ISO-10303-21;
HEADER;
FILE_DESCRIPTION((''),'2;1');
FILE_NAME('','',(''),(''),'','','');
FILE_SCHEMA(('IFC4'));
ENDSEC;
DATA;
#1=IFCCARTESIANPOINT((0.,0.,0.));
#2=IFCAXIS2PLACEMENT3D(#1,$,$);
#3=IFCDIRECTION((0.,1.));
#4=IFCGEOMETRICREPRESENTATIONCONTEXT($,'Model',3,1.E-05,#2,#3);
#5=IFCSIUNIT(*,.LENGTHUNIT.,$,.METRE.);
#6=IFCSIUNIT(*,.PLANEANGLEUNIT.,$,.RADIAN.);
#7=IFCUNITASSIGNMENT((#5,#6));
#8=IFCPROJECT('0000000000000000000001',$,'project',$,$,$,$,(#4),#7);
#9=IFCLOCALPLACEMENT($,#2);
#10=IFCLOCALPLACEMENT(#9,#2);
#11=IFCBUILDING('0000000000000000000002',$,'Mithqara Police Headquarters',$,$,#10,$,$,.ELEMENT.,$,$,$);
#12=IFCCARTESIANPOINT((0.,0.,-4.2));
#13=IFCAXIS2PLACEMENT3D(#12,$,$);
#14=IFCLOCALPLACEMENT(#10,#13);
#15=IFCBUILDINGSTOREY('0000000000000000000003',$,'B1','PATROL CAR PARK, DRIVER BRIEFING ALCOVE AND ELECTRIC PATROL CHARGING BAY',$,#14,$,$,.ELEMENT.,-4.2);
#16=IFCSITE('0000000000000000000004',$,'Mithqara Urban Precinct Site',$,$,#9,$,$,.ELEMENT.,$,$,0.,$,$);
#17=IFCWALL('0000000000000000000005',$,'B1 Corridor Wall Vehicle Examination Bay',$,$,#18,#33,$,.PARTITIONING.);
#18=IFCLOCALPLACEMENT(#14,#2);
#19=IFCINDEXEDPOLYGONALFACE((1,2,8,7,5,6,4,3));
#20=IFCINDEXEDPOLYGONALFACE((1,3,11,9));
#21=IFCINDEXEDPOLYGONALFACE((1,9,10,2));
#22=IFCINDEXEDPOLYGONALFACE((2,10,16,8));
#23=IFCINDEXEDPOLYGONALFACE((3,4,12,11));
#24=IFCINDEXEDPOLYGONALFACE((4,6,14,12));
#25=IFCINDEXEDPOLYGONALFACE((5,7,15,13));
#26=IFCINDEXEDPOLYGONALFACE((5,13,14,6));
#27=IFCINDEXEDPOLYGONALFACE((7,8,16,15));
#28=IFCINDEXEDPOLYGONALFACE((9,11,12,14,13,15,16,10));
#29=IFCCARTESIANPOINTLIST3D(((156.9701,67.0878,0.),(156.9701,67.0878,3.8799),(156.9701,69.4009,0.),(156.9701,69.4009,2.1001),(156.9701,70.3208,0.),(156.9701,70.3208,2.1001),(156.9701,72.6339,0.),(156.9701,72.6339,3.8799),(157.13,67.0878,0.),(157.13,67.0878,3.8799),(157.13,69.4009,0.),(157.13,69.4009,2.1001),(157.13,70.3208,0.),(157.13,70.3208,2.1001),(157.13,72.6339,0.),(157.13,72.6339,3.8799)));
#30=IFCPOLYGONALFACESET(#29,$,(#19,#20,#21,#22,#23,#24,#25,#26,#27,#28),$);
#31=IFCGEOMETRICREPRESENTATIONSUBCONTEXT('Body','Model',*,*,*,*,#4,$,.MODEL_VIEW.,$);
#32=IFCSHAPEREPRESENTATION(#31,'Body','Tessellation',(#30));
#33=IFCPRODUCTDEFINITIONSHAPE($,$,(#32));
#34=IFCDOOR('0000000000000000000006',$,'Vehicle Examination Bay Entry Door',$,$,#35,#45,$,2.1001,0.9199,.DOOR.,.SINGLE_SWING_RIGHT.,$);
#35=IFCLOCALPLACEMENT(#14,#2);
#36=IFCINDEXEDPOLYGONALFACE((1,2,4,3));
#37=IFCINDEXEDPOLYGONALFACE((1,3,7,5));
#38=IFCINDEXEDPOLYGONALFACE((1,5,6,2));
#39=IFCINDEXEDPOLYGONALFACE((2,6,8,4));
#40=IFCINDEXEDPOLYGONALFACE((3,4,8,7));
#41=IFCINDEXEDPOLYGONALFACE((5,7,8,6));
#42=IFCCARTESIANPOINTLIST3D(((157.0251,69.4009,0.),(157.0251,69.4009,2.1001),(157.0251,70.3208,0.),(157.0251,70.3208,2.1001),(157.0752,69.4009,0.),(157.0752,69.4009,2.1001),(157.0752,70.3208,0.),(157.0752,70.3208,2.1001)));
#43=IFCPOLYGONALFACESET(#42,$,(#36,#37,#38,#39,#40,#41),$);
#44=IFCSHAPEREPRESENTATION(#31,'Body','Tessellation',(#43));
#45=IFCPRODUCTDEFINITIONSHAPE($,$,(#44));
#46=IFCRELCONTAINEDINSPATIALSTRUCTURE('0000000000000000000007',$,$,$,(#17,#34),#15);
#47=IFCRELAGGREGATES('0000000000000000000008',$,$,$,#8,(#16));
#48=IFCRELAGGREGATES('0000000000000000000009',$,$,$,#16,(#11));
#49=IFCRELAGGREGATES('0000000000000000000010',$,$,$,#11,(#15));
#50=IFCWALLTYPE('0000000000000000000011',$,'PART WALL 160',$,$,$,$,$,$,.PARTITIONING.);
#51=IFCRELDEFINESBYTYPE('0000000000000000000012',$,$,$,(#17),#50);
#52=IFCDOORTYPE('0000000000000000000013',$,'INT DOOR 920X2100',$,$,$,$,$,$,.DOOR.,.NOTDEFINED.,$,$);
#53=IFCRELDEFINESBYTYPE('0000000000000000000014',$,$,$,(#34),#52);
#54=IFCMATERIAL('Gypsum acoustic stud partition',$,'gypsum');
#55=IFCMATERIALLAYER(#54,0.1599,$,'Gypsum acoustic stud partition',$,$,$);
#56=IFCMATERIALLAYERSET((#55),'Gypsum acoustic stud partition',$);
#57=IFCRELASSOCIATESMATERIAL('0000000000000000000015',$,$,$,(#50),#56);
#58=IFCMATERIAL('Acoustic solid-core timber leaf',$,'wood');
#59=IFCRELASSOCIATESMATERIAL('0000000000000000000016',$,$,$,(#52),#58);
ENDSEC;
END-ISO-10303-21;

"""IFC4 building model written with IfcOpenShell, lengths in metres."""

from ifc_helpers import new_model, si_unit, direction, frame, frame_2d, origin, place, context, subcontext, project, spatial, rectangle, extrude, material, layer, layer_set, type_object, element, fill, save


model = new_model("IFC4")

# Units and contexts
model_context = context("Model", 3, precision=1e-05, world=origin(), true_north=direction((0.0, 1.0)))
body_context = subcontext(model_context, "Body", "Model", "MODEL_VIEW")
ifc_project = project(units=[si_unit("LENGTHUNIT", "METRE"), si_unit("PLANEANGLEUNIT", "RADIAN")], contexts=[model_context])

# Site, building, storey
site_placement = place(None, origin())
site = spatial("IfcSite", under=ifc_project, at=site_placement, Name="Mithqara Urban Precinct Site", CompositionType="ELEMENT", RefElevation=0.0)
building_placement = place(site_placement, origin())
building = spatial("IfcBuilding", under=site, at=building_placement, Name="Mithqara Police Headquarters", CompositionType="ELEMENT")
storey_placement = place(building_placement, frame((0.0, 0.0, -4.2)))
storey = spatial("IfcBuildingStorey", under=building, at=storey_placement, Name="B1", Description="PATROL CAR PARK, DRIVER BRIEFING ALCOVE AND ELECTRIC PATROL CHARGING BAY", CompositionType="ELEMENT", Elevation=-4.2)

# Shared definitions
ifc_material_1 = material(Name="Gypsum acoustic stud partition", Category="gypsum")
ifc_layer = layer(ifc_material_1, 0.1599, Name="Gypsum acoustic stud partition")
ifc_layer_set = layer_set([ifc_layer], Name="Gypsum acoustic stud partition")
wall_type = type_object("IfcWallType", Name="PART WALL 160", PredefinedType="PARTITIONING", material=ifc_layer_set)

# Shared definitions
ifc_material_2 = material(Name="Acoustic solid-core timber leaf", Category="wood")
door_type_1 = type_object("IfcDoorType", Name="INT DOOR 920X2100", OperationType="NOTDEFINED", PredefinedType="DOOR", material=ifc_material_2)

# Wall, opening, door
wall_1_placement = place(storey_placement, frame((157.05, 67.0879, 0.0), z_axis=(0.0, 0.0, 1.0), x_axis=(0.0, 1.0, 0.0)))
wall_1 = element("IfcWall", 1, at=wall_1_placement, inside=storey, type_object=wall_type, Name="B1 Corridor Wall Vehicle Examination Bay", PredefinedType="PARTITIONING", context=body_context, shape_type="SweptSolid", body=[
    extrude(rectangle(XDim=5.5461, YDim=0.1599, at=frame_2d((2.7729, 0.0))), origin(), (0.0, 0.0, 1.0), 3.8799),
])
opening_1_placement = place(wall_1_placement, frame((2.313, 0.0, 0.0)))
opening_1 = element("IfcOpeningElement", 2, at=opening_1_placement, cuts=wall_1, PredefinedType="OPENING", context=body_context, shape_type="SweptSolid", body=[
    extrude(rectangle(XDim=0.9199, YDim=2.1001, at=frame_2d((0.46, 1.05))), frame((0.0, 0.0898, 0.0), z_axis=(0.0, -1.0, 0.0), x_axis=(1.0, 0.0, 0.0)), (0.0, 0.0, 1.0), 0.1799),
])
door_1_placement = place(opening_1_placement, origin())
door_1 = element("IfcDoor", 3, at=door_1_placement, inside=storey, type_object=door_type_1, Name="Vehicle Examination Bay Entry Door", OperationType="SINGLE_SWING_RIGHT", OverallHeight=2.1001, OverallWidth=0.9199, PredefinedType="DOOR", context=body_context, shape_type="SweptSolid", body=[
    extrude(rectangle(XDim=0.9199, YDim=2.1001, at=frame_2d((0.46, 1.05))), frame((0.0, 0.0249, 0.0), z_axis=(0.0, -1.0, 0.0), x_axis=(1.0, 0.0, 0.0)), (0.0, 0.0, 1.0), 0.05),
])
fill(opening_1, door_1)

save(model, "model.ifc")
